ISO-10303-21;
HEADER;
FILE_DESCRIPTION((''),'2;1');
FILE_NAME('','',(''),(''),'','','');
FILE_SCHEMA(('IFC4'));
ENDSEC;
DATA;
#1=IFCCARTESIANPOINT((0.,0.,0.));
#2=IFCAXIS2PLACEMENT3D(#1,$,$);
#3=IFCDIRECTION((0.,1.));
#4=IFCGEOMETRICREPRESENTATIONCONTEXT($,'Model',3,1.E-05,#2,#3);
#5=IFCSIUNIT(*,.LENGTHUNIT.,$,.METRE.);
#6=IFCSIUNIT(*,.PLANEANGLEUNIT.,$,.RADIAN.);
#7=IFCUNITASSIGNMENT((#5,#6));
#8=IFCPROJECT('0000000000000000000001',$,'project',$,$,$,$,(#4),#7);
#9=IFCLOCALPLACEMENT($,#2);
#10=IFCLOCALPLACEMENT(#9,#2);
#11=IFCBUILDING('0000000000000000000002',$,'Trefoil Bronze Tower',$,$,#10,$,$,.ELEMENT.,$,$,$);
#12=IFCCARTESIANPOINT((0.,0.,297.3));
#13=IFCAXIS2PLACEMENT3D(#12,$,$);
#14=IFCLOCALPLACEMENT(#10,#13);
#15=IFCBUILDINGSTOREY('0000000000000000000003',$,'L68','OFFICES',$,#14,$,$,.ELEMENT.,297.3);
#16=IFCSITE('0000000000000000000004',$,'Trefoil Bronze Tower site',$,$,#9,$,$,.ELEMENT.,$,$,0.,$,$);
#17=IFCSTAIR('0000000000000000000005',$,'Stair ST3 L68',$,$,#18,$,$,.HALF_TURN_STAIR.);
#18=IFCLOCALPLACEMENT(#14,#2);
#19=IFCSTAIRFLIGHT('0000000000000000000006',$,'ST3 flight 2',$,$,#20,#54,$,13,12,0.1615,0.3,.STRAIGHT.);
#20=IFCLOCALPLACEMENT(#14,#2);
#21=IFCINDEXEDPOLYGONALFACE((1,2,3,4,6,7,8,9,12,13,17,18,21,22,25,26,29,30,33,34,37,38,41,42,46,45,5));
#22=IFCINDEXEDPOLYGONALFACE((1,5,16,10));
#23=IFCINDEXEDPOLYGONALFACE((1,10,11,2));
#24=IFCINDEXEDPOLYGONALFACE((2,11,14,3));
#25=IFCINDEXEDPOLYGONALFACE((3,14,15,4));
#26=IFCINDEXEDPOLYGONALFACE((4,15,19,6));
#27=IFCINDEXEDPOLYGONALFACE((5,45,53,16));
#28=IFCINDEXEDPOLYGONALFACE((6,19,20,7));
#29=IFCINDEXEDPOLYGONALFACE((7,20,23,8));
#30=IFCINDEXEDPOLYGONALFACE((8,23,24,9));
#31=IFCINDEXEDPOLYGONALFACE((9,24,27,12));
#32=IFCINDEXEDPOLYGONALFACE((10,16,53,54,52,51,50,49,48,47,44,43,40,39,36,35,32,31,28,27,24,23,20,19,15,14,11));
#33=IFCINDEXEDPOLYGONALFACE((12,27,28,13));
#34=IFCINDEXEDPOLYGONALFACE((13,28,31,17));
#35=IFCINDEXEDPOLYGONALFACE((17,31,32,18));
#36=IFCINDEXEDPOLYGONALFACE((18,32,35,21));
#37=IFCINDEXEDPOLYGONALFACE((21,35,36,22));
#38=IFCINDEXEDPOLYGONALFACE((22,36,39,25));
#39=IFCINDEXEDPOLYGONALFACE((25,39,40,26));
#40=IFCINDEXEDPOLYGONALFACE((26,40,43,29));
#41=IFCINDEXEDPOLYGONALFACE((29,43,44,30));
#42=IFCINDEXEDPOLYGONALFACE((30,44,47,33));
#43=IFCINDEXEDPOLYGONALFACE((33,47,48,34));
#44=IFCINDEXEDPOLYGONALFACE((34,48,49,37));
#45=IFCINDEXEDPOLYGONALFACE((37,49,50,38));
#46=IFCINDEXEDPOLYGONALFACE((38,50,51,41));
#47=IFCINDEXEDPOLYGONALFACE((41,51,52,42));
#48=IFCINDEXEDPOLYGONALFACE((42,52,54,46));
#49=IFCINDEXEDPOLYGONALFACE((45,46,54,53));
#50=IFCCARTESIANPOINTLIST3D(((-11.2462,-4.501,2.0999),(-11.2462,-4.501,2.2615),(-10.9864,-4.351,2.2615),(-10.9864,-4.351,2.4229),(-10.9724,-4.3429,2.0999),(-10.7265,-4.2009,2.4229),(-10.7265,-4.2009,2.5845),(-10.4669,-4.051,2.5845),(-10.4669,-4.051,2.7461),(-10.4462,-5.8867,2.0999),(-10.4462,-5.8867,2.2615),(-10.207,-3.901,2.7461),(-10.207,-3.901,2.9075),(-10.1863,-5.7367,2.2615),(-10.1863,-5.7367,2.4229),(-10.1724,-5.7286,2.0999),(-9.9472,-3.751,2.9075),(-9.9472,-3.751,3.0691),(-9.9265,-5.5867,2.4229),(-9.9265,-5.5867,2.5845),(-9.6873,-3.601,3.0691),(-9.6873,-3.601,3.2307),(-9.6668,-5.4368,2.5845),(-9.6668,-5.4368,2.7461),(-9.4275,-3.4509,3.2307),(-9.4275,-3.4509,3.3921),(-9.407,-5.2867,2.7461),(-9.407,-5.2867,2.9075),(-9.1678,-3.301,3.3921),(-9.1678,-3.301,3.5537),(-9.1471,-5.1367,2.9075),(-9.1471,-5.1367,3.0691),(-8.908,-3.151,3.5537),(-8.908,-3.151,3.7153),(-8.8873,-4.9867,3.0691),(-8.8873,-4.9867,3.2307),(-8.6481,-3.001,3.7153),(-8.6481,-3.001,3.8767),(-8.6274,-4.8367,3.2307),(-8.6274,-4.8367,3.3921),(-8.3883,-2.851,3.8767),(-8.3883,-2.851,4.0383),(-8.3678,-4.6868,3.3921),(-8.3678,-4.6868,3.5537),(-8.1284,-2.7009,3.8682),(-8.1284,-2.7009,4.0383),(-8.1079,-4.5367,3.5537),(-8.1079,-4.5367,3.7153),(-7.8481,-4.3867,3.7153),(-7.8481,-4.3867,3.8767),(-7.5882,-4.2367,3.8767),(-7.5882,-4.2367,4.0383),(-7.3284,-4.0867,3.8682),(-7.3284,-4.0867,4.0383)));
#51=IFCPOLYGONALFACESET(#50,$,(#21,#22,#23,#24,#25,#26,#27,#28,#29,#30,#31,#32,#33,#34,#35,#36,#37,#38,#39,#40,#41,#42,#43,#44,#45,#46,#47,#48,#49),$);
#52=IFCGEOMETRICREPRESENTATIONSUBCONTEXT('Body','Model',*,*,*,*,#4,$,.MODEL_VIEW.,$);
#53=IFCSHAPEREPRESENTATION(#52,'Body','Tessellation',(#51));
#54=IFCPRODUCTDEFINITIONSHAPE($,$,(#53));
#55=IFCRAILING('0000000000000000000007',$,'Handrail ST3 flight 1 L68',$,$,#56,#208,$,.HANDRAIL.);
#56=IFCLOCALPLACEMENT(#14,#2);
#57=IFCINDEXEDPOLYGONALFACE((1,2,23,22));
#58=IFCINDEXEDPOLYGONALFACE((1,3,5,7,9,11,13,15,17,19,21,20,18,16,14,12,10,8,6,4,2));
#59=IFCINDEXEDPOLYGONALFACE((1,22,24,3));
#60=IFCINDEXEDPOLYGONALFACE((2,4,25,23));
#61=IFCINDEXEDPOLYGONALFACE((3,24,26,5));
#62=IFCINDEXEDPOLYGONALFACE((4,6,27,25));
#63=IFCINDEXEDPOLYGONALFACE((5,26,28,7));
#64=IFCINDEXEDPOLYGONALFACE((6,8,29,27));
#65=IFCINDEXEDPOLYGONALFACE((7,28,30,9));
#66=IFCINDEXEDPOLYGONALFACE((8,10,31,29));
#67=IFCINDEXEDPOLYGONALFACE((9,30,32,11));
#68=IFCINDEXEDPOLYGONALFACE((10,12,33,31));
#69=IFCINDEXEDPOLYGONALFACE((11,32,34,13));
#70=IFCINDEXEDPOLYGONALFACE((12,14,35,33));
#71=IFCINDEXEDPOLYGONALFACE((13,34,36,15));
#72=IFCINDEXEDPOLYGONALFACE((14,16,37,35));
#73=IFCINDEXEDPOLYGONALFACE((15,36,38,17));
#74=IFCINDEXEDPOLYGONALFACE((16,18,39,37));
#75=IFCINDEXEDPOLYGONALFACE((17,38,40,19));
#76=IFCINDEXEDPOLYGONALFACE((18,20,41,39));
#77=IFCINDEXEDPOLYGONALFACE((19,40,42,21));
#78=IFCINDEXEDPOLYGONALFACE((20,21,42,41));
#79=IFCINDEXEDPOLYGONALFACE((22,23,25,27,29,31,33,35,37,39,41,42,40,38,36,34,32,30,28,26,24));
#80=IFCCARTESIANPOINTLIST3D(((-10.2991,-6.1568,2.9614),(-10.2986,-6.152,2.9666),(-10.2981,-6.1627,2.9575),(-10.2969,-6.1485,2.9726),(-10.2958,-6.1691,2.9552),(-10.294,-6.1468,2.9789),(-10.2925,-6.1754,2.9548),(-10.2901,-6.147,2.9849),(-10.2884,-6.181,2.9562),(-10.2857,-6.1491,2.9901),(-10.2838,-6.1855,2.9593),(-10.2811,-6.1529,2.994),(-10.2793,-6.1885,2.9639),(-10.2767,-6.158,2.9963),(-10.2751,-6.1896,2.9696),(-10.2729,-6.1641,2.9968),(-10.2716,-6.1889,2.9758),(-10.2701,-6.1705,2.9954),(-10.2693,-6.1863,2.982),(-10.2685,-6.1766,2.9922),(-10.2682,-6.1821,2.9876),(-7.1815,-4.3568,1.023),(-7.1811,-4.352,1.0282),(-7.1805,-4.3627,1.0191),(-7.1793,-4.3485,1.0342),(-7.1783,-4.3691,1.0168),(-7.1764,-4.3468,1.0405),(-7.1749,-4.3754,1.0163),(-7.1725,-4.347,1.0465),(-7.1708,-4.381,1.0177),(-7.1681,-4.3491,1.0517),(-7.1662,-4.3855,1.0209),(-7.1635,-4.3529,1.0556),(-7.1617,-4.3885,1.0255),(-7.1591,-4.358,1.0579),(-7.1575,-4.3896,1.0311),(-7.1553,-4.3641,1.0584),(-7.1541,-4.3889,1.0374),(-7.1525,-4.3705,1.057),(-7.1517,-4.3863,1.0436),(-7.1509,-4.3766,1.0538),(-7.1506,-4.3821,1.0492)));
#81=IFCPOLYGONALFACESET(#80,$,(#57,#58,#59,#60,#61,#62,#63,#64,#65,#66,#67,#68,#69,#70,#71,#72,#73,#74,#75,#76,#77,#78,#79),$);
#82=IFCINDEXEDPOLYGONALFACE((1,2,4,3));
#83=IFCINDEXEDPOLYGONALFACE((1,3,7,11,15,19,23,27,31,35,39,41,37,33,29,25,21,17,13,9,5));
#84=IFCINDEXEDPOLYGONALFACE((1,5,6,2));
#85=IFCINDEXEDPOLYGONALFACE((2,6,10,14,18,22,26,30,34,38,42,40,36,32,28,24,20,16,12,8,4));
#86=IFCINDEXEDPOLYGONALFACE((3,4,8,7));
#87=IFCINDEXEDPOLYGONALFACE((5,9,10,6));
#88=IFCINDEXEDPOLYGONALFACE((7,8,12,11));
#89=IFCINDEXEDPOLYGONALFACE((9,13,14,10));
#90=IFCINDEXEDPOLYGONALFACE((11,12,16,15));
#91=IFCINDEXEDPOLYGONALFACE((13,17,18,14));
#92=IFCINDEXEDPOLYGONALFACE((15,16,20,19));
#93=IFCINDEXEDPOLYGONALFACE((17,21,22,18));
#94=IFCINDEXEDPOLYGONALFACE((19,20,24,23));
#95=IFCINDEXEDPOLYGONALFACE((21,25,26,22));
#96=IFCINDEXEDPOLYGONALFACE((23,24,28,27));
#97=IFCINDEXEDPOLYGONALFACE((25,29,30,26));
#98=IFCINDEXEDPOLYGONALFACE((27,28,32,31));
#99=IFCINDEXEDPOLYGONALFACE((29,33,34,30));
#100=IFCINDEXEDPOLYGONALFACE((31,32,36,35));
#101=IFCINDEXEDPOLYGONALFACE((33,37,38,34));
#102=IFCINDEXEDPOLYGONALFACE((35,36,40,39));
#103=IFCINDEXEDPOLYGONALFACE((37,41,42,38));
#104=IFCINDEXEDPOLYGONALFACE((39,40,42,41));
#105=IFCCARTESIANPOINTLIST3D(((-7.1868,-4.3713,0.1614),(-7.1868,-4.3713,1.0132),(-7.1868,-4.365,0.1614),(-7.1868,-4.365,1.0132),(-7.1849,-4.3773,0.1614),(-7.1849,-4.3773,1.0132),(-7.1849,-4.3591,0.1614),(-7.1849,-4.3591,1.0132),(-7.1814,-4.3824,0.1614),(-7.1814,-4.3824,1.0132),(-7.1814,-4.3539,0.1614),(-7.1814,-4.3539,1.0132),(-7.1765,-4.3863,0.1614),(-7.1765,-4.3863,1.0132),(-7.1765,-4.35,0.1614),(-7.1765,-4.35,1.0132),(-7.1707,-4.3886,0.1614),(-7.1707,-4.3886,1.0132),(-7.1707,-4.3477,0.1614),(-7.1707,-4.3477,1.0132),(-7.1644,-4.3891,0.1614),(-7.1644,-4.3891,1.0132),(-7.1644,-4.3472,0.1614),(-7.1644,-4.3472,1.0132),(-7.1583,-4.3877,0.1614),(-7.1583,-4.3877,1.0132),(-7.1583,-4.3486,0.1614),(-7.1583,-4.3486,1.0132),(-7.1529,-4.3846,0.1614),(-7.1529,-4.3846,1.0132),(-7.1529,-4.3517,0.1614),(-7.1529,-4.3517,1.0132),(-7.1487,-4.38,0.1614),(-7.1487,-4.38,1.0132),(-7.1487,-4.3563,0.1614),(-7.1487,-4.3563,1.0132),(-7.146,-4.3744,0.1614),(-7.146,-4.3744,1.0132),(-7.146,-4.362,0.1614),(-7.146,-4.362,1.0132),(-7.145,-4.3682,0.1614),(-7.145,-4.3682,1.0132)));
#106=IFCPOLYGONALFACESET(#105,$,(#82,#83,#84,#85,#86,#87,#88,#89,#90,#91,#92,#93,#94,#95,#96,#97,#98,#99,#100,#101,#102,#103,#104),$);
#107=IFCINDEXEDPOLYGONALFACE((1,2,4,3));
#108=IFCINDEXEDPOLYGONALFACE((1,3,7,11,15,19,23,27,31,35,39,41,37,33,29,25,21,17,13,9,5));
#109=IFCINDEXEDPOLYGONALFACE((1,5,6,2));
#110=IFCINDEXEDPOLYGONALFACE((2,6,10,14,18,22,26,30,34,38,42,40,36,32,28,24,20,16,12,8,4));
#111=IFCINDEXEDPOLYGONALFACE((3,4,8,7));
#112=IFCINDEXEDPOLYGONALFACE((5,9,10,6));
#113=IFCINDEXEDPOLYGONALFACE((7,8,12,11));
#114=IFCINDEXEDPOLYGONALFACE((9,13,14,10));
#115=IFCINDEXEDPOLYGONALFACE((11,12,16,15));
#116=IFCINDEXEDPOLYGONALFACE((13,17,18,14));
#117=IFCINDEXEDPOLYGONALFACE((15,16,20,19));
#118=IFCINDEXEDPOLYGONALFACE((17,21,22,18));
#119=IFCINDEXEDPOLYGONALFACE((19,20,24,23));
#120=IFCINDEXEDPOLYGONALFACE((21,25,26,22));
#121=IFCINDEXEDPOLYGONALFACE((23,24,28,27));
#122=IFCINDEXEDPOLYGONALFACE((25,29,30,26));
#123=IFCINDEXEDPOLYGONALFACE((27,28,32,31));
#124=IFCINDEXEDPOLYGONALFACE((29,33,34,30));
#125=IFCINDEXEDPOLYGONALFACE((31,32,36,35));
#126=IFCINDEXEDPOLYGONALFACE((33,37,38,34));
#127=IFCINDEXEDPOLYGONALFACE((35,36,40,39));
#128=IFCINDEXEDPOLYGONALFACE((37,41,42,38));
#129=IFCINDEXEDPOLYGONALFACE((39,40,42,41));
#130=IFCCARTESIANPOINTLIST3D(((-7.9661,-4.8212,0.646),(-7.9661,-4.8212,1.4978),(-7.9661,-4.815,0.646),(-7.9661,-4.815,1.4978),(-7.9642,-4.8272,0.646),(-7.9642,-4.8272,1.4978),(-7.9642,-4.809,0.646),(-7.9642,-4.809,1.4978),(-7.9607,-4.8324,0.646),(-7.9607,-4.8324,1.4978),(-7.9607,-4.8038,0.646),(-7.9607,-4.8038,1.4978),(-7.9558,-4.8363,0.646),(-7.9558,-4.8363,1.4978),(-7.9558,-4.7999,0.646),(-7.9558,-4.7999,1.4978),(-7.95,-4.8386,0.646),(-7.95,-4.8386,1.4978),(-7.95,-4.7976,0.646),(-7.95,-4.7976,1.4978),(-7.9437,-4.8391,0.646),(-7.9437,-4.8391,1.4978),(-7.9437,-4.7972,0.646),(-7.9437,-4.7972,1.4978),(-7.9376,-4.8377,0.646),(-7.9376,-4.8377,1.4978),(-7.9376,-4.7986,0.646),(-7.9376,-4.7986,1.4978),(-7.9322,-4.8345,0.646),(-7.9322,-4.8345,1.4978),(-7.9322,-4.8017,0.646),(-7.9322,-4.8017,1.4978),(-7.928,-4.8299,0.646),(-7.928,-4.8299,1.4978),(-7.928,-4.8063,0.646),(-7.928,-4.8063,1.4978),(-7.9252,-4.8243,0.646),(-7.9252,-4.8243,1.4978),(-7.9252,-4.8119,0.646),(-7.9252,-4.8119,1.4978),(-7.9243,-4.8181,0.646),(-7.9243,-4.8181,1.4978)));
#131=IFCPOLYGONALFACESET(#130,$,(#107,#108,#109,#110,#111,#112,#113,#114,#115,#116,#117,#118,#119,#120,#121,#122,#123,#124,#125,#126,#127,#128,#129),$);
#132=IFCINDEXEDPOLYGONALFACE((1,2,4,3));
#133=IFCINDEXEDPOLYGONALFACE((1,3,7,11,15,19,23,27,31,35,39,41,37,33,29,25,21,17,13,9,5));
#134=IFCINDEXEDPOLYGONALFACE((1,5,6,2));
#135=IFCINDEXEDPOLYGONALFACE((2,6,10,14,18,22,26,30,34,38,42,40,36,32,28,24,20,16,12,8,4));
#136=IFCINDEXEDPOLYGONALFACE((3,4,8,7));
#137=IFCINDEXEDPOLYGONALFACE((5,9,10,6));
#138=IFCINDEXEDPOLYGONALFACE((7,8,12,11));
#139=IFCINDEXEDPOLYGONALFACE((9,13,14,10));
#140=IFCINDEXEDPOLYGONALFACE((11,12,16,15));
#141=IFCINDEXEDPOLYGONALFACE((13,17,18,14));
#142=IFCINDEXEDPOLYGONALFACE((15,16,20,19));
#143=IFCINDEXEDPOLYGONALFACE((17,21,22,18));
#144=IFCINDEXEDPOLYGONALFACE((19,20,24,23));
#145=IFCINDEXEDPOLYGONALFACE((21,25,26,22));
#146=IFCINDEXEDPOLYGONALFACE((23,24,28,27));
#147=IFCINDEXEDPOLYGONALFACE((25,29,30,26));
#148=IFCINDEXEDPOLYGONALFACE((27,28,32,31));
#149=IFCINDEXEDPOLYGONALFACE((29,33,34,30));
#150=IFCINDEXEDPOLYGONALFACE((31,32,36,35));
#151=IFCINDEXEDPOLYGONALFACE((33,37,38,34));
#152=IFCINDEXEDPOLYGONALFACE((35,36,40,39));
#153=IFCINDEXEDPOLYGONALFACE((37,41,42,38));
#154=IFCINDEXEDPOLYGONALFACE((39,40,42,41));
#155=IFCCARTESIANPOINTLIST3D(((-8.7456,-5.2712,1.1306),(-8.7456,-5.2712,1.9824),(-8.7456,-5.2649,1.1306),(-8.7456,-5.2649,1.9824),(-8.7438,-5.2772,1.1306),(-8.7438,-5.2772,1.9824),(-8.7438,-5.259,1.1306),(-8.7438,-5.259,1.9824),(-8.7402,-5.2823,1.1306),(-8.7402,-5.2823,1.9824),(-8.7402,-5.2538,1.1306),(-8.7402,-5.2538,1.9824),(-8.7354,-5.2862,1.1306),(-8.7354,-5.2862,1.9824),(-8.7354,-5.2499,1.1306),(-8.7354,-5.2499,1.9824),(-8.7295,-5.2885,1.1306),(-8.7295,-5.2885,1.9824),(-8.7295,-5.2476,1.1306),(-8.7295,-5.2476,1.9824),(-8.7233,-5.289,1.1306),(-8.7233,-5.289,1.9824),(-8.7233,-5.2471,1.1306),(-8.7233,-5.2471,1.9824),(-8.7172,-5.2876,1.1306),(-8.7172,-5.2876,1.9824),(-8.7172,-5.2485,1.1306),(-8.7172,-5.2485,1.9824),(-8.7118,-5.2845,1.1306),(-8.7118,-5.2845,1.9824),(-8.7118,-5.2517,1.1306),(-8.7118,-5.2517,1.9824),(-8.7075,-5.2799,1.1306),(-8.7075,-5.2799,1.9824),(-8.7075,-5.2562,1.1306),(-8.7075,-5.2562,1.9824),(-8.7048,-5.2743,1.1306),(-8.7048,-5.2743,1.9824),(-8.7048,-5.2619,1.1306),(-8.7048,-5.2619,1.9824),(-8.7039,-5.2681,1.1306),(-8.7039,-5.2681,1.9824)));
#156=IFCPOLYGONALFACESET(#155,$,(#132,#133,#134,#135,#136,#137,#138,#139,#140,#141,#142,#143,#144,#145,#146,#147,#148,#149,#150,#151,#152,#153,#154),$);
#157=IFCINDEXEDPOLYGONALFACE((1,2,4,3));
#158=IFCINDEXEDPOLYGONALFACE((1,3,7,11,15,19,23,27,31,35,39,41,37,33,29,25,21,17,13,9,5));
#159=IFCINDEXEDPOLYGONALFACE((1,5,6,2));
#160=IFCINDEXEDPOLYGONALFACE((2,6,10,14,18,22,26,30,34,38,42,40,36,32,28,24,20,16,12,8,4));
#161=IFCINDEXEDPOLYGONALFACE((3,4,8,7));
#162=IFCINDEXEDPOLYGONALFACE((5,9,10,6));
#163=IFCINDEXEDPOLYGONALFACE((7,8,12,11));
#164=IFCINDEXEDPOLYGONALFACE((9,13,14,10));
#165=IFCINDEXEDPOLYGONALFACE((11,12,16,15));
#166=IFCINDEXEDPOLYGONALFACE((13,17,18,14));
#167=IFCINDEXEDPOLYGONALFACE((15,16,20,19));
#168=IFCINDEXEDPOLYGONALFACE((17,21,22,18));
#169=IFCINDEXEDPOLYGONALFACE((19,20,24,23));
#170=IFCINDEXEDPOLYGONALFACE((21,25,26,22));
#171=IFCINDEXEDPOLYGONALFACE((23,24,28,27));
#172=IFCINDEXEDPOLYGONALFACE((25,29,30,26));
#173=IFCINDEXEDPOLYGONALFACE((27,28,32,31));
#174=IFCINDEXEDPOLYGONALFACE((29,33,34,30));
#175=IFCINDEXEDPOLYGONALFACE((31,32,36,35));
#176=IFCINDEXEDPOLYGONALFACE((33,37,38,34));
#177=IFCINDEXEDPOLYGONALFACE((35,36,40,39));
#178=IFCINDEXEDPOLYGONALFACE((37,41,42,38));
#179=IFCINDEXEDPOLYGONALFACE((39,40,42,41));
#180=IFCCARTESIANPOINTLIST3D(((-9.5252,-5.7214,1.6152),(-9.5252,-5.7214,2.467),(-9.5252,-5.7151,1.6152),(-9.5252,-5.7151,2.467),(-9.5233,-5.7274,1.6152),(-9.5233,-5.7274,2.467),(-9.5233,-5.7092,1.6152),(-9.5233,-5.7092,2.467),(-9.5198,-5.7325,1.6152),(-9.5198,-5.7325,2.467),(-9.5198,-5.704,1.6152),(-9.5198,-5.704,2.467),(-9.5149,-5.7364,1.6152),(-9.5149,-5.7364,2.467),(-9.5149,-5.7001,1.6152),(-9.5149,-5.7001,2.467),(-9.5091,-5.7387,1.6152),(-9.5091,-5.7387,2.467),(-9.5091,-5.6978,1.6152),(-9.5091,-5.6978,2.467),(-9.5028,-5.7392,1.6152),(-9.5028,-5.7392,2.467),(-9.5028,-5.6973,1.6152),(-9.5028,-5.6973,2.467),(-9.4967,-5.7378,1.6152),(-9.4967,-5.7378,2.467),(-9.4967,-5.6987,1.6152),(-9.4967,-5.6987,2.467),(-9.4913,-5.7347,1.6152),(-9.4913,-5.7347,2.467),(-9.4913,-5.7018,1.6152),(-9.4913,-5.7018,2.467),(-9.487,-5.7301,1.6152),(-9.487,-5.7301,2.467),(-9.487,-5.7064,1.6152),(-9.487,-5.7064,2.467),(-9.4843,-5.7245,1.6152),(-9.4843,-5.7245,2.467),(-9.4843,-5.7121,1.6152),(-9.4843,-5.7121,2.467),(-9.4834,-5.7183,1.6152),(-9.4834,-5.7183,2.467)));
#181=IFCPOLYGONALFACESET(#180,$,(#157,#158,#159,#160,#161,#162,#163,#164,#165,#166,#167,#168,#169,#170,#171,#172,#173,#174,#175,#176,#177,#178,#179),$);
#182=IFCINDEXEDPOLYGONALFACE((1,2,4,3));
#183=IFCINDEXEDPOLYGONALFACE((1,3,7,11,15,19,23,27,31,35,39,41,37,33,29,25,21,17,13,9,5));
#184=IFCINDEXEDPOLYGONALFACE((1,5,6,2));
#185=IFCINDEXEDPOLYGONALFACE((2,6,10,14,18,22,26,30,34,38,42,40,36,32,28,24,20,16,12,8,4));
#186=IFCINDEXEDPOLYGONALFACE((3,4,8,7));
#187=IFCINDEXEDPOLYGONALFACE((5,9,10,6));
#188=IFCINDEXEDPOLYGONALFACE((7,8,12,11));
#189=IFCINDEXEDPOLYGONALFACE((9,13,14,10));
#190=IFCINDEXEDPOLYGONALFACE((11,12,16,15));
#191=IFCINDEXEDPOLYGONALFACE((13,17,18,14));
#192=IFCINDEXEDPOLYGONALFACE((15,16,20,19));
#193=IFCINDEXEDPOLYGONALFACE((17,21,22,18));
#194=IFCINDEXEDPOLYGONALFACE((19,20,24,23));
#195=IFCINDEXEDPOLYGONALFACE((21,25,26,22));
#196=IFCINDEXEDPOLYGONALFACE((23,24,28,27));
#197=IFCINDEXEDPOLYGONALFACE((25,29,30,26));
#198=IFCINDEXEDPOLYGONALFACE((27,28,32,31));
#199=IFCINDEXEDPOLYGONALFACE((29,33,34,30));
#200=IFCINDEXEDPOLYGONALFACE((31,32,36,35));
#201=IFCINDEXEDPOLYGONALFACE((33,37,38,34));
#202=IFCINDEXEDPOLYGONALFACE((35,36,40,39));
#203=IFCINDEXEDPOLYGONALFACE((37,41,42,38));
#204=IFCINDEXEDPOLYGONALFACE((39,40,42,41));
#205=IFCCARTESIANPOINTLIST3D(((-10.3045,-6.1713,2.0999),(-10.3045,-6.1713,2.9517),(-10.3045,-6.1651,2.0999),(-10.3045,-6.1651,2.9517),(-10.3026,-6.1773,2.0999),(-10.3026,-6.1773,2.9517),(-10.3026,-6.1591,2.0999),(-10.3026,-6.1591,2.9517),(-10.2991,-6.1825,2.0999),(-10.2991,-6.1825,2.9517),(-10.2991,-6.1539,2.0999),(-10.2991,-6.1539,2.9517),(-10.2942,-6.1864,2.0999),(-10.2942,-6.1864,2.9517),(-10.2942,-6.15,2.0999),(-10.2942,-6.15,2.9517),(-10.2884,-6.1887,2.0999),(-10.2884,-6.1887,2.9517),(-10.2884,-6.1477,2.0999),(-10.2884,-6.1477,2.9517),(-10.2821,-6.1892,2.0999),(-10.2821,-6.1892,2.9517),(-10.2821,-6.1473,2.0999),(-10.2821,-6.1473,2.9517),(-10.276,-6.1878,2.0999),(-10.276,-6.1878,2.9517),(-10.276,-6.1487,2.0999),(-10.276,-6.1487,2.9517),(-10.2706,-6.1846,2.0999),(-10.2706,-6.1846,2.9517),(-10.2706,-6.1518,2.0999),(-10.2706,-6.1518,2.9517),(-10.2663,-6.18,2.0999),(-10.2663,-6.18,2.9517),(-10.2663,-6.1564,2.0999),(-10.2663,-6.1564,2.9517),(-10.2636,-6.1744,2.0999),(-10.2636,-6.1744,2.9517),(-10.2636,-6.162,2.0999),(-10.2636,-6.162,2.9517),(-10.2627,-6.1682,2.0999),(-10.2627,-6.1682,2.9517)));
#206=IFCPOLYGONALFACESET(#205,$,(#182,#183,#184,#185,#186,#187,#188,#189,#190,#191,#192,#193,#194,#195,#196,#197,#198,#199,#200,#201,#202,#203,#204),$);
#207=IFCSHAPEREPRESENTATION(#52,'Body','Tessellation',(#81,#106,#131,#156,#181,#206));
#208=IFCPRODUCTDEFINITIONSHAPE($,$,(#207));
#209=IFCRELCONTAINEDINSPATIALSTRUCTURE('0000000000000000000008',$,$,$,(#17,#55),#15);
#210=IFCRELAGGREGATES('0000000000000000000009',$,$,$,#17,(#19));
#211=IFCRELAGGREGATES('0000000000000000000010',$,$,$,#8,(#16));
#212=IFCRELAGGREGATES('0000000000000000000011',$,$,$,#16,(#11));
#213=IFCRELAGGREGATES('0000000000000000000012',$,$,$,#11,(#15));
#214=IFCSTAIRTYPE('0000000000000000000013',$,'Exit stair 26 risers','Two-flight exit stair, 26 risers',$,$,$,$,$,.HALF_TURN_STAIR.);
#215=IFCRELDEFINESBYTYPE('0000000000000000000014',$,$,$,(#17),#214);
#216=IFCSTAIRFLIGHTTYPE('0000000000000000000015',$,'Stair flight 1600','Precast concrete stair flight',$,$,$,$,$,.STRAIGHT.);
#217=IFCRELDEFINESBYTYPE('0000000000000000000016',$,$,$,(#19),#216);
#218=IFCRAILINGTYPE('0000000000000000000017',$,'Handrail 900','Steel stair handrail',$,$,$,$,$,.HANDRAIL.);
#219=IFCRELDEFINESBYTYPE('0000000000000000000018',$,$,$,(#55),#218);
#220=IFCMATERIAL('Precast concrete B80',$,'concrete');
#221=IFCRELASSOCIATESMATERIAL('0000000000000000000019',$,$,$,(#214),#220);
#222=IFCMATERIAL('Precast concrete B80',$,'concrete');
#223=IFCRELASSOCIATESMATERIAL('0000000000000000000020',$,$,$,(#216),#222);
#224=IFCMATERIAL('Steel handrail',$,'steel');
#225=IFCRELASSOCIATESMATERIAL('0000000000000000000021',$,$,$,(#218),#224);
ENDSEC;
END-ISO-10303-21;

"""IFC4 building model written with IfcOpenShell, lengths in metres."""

from ifc_helpers import new_model, si_unit, direction, frame, origin, origin_2d, place, context, subcontext, project, spatial, polyline, circle, outline, extrude, material, type_object, element, aggregate, save


model = new_model("IFC4")

# Units and contexts
model_context = context("Model", 3, precision=1e-05, world=origin(), true_north=direction((0.0, 1.0)))
body_context = subcontext(model_context, "Body", "Model", "MODEL_VIEW")
ifc_project = project(units=[si_unit("LENGTHUNIT", "METRE"), si_unit("PLANEANGLEUNIT", "RADIAN")], contexts=[model_context])

# Site, building, storey
site_placement = place(None, origin())
site = spatial("IfcSite", under=ifc_project, at=site_placement, Name="Trefoil Bronze Tower site", CompositionType="ELEMENT", RefElevation=0.0)
building_placement = place(site_placement, origin())
building = spatial("IfcBuilding", under=site, at=building_placement, Name="Trefoil Bronze Tower", CompositionType="ELEMENT")
storey_placement = place(building_placement, frame((0.0, 0.0, 297.3)))
storey = spatial("IfcBuildingStorey", under=building, at=storey_placement, Name="L68", Description="OFFICES", CompositionType="ELEMENT", Elevation=297.3)

# Stair, stair flight
ifc_material_1 = material(Name="Precast concrete B80", Category="concrete")
stair_type = type_object("IfcStairType", Name="Exit stair 26 risers", Description="Two-flight exit stair, 26 risers", PredefinedType="HALF_TURN_STAIR", material=ifc_material_1)
stair_placement = place(storey_placement, origin())
stair = element("IfcStair", 1, at=stair_placement, inside=storey, type_object=stair_type, Name="Stair ST3 L68", PredefinedType="HALF_TURN_STAIR")
ifc_material_2 = material(Name="Precast concrete B80", Category="concrete")
stair_flight_type = type_object("IfcStairFlightType", Name="Stair flight 1600", Description="Precast concrete stair flight", PredefinedType="STRAIGHT", material=ifc_material_2)
stair_flight_1_placement = place(storey_placement, frame((-10.8462, -5.1938, 2.0999), z_axis=(0.0, 0.0, 1.0), x_axis=(0.866025, 0.5, 0.0)))
stair_flight_1 = element("IfcStairFlight", 2, at=stair_flight_1_placement, type_object=stair_flight_type, Name="ST3 flight 2", NumberOfRisers=13, NumberOfTreads=12, PredefinedType="STRAIGHT", RiserHeight=0.1615, TreadLength=0.3, context=body_context, shape_type="SweptSolid", body=[
    extrude(outline(polyline([(0.0, 0.0), (0.0, 0.1616), (0.3, 0.1616), (0.3, 0.323), (0.6001, 0.323), (0.6001, 0.4846), (0.8999, 0.4846), (0.8999, 0.6462), (1.2, 0.6462), (1.2, 0.8076), (1.5, 0.8076), (1.5, 0.9692), (1.8, 0.9692), (1.8, 1.1309), (2.1001, 1.1309), (2.1001, 1.2922), (2.3999, 1.2922), (2.3999, 1.4539), (2.7, 1.4539), (2.7, 1.6155), (3.0, 1.6155), (3.0, 1.7769), (3.3, 1.7769), (3.3, 1.9385), (3.6001, 1.9385), (3.6001, 2.1001), (3.6001, 1.7683), (0.3162, 0.0), (0.0, 0.0)])), frame((0.0, 0.8, 0.0), z_axis=(0.0, -1.0, 0.0), x_axis=(1.0, 0.0, 0.0)), (0.0, 0.0, 1.0), 1.6001),
])
aggregate(stair, [stair_flight_1])

# Railing
ifc_material_3 = material(Name="Steel handrail", Category="steel")
railing_type = type_object("IfcRailingType", Name="Handrail 900", Description="Steel stair handrail", PredefinedType="HANDRAIL", material=ifc_material_3)
railing_1_placement = place(storey_placement, frame((-7.166, -4.3682, 0.1614)))
element("IfcRailing", 3, at=railing_1_placement, inside=storey, type_object=railing_type, Name="Handrail ST3 flight 1 L68", PredefinedType="HANDRAIL", context=body_context, shape_type="SweptSolid", body=[
    extrude(circle(Radius=0.0239, at=origin_2d()), frame((0.0, 0.0, 0.876), z_axis=(-0.762503, -0.440246, 0.474102), x_axis=(0.500012, -0.866018, 0.0)), (0.0, 0.0, 1.0), 4.0886),
    extrude(circle(Radius=0.021, at=origin_2d()), origin(), (0.0, 0.0, 1.0), 0.8518),
    extrude(circle(Radius=0.021, at=origin_2d()), frame((-0.7793, -0.45, 0.4846)), (0.0, 0.0, 1.0), 0.8518),
    extrude(circle(Radius=0.021, at=origin_2d()), frame((-1.5588, -0.8999, 0.9692)), (0.0, 0.0, 1.0), 0.8518),
    extrude(circle(Radius=0.021, at=origin_2d()), frame((-2.3384, -1.3501, 1.4539)), (0.0, 0.0, 1.0), 0.8518),
    extrude(circle(Radius=0.021, at=origin_2d()), frame((-3.1177, -1.8, 1.9385)), (0.0, 0.0, 1.0), 0.8518),
])

save(model, "model.ifc")
